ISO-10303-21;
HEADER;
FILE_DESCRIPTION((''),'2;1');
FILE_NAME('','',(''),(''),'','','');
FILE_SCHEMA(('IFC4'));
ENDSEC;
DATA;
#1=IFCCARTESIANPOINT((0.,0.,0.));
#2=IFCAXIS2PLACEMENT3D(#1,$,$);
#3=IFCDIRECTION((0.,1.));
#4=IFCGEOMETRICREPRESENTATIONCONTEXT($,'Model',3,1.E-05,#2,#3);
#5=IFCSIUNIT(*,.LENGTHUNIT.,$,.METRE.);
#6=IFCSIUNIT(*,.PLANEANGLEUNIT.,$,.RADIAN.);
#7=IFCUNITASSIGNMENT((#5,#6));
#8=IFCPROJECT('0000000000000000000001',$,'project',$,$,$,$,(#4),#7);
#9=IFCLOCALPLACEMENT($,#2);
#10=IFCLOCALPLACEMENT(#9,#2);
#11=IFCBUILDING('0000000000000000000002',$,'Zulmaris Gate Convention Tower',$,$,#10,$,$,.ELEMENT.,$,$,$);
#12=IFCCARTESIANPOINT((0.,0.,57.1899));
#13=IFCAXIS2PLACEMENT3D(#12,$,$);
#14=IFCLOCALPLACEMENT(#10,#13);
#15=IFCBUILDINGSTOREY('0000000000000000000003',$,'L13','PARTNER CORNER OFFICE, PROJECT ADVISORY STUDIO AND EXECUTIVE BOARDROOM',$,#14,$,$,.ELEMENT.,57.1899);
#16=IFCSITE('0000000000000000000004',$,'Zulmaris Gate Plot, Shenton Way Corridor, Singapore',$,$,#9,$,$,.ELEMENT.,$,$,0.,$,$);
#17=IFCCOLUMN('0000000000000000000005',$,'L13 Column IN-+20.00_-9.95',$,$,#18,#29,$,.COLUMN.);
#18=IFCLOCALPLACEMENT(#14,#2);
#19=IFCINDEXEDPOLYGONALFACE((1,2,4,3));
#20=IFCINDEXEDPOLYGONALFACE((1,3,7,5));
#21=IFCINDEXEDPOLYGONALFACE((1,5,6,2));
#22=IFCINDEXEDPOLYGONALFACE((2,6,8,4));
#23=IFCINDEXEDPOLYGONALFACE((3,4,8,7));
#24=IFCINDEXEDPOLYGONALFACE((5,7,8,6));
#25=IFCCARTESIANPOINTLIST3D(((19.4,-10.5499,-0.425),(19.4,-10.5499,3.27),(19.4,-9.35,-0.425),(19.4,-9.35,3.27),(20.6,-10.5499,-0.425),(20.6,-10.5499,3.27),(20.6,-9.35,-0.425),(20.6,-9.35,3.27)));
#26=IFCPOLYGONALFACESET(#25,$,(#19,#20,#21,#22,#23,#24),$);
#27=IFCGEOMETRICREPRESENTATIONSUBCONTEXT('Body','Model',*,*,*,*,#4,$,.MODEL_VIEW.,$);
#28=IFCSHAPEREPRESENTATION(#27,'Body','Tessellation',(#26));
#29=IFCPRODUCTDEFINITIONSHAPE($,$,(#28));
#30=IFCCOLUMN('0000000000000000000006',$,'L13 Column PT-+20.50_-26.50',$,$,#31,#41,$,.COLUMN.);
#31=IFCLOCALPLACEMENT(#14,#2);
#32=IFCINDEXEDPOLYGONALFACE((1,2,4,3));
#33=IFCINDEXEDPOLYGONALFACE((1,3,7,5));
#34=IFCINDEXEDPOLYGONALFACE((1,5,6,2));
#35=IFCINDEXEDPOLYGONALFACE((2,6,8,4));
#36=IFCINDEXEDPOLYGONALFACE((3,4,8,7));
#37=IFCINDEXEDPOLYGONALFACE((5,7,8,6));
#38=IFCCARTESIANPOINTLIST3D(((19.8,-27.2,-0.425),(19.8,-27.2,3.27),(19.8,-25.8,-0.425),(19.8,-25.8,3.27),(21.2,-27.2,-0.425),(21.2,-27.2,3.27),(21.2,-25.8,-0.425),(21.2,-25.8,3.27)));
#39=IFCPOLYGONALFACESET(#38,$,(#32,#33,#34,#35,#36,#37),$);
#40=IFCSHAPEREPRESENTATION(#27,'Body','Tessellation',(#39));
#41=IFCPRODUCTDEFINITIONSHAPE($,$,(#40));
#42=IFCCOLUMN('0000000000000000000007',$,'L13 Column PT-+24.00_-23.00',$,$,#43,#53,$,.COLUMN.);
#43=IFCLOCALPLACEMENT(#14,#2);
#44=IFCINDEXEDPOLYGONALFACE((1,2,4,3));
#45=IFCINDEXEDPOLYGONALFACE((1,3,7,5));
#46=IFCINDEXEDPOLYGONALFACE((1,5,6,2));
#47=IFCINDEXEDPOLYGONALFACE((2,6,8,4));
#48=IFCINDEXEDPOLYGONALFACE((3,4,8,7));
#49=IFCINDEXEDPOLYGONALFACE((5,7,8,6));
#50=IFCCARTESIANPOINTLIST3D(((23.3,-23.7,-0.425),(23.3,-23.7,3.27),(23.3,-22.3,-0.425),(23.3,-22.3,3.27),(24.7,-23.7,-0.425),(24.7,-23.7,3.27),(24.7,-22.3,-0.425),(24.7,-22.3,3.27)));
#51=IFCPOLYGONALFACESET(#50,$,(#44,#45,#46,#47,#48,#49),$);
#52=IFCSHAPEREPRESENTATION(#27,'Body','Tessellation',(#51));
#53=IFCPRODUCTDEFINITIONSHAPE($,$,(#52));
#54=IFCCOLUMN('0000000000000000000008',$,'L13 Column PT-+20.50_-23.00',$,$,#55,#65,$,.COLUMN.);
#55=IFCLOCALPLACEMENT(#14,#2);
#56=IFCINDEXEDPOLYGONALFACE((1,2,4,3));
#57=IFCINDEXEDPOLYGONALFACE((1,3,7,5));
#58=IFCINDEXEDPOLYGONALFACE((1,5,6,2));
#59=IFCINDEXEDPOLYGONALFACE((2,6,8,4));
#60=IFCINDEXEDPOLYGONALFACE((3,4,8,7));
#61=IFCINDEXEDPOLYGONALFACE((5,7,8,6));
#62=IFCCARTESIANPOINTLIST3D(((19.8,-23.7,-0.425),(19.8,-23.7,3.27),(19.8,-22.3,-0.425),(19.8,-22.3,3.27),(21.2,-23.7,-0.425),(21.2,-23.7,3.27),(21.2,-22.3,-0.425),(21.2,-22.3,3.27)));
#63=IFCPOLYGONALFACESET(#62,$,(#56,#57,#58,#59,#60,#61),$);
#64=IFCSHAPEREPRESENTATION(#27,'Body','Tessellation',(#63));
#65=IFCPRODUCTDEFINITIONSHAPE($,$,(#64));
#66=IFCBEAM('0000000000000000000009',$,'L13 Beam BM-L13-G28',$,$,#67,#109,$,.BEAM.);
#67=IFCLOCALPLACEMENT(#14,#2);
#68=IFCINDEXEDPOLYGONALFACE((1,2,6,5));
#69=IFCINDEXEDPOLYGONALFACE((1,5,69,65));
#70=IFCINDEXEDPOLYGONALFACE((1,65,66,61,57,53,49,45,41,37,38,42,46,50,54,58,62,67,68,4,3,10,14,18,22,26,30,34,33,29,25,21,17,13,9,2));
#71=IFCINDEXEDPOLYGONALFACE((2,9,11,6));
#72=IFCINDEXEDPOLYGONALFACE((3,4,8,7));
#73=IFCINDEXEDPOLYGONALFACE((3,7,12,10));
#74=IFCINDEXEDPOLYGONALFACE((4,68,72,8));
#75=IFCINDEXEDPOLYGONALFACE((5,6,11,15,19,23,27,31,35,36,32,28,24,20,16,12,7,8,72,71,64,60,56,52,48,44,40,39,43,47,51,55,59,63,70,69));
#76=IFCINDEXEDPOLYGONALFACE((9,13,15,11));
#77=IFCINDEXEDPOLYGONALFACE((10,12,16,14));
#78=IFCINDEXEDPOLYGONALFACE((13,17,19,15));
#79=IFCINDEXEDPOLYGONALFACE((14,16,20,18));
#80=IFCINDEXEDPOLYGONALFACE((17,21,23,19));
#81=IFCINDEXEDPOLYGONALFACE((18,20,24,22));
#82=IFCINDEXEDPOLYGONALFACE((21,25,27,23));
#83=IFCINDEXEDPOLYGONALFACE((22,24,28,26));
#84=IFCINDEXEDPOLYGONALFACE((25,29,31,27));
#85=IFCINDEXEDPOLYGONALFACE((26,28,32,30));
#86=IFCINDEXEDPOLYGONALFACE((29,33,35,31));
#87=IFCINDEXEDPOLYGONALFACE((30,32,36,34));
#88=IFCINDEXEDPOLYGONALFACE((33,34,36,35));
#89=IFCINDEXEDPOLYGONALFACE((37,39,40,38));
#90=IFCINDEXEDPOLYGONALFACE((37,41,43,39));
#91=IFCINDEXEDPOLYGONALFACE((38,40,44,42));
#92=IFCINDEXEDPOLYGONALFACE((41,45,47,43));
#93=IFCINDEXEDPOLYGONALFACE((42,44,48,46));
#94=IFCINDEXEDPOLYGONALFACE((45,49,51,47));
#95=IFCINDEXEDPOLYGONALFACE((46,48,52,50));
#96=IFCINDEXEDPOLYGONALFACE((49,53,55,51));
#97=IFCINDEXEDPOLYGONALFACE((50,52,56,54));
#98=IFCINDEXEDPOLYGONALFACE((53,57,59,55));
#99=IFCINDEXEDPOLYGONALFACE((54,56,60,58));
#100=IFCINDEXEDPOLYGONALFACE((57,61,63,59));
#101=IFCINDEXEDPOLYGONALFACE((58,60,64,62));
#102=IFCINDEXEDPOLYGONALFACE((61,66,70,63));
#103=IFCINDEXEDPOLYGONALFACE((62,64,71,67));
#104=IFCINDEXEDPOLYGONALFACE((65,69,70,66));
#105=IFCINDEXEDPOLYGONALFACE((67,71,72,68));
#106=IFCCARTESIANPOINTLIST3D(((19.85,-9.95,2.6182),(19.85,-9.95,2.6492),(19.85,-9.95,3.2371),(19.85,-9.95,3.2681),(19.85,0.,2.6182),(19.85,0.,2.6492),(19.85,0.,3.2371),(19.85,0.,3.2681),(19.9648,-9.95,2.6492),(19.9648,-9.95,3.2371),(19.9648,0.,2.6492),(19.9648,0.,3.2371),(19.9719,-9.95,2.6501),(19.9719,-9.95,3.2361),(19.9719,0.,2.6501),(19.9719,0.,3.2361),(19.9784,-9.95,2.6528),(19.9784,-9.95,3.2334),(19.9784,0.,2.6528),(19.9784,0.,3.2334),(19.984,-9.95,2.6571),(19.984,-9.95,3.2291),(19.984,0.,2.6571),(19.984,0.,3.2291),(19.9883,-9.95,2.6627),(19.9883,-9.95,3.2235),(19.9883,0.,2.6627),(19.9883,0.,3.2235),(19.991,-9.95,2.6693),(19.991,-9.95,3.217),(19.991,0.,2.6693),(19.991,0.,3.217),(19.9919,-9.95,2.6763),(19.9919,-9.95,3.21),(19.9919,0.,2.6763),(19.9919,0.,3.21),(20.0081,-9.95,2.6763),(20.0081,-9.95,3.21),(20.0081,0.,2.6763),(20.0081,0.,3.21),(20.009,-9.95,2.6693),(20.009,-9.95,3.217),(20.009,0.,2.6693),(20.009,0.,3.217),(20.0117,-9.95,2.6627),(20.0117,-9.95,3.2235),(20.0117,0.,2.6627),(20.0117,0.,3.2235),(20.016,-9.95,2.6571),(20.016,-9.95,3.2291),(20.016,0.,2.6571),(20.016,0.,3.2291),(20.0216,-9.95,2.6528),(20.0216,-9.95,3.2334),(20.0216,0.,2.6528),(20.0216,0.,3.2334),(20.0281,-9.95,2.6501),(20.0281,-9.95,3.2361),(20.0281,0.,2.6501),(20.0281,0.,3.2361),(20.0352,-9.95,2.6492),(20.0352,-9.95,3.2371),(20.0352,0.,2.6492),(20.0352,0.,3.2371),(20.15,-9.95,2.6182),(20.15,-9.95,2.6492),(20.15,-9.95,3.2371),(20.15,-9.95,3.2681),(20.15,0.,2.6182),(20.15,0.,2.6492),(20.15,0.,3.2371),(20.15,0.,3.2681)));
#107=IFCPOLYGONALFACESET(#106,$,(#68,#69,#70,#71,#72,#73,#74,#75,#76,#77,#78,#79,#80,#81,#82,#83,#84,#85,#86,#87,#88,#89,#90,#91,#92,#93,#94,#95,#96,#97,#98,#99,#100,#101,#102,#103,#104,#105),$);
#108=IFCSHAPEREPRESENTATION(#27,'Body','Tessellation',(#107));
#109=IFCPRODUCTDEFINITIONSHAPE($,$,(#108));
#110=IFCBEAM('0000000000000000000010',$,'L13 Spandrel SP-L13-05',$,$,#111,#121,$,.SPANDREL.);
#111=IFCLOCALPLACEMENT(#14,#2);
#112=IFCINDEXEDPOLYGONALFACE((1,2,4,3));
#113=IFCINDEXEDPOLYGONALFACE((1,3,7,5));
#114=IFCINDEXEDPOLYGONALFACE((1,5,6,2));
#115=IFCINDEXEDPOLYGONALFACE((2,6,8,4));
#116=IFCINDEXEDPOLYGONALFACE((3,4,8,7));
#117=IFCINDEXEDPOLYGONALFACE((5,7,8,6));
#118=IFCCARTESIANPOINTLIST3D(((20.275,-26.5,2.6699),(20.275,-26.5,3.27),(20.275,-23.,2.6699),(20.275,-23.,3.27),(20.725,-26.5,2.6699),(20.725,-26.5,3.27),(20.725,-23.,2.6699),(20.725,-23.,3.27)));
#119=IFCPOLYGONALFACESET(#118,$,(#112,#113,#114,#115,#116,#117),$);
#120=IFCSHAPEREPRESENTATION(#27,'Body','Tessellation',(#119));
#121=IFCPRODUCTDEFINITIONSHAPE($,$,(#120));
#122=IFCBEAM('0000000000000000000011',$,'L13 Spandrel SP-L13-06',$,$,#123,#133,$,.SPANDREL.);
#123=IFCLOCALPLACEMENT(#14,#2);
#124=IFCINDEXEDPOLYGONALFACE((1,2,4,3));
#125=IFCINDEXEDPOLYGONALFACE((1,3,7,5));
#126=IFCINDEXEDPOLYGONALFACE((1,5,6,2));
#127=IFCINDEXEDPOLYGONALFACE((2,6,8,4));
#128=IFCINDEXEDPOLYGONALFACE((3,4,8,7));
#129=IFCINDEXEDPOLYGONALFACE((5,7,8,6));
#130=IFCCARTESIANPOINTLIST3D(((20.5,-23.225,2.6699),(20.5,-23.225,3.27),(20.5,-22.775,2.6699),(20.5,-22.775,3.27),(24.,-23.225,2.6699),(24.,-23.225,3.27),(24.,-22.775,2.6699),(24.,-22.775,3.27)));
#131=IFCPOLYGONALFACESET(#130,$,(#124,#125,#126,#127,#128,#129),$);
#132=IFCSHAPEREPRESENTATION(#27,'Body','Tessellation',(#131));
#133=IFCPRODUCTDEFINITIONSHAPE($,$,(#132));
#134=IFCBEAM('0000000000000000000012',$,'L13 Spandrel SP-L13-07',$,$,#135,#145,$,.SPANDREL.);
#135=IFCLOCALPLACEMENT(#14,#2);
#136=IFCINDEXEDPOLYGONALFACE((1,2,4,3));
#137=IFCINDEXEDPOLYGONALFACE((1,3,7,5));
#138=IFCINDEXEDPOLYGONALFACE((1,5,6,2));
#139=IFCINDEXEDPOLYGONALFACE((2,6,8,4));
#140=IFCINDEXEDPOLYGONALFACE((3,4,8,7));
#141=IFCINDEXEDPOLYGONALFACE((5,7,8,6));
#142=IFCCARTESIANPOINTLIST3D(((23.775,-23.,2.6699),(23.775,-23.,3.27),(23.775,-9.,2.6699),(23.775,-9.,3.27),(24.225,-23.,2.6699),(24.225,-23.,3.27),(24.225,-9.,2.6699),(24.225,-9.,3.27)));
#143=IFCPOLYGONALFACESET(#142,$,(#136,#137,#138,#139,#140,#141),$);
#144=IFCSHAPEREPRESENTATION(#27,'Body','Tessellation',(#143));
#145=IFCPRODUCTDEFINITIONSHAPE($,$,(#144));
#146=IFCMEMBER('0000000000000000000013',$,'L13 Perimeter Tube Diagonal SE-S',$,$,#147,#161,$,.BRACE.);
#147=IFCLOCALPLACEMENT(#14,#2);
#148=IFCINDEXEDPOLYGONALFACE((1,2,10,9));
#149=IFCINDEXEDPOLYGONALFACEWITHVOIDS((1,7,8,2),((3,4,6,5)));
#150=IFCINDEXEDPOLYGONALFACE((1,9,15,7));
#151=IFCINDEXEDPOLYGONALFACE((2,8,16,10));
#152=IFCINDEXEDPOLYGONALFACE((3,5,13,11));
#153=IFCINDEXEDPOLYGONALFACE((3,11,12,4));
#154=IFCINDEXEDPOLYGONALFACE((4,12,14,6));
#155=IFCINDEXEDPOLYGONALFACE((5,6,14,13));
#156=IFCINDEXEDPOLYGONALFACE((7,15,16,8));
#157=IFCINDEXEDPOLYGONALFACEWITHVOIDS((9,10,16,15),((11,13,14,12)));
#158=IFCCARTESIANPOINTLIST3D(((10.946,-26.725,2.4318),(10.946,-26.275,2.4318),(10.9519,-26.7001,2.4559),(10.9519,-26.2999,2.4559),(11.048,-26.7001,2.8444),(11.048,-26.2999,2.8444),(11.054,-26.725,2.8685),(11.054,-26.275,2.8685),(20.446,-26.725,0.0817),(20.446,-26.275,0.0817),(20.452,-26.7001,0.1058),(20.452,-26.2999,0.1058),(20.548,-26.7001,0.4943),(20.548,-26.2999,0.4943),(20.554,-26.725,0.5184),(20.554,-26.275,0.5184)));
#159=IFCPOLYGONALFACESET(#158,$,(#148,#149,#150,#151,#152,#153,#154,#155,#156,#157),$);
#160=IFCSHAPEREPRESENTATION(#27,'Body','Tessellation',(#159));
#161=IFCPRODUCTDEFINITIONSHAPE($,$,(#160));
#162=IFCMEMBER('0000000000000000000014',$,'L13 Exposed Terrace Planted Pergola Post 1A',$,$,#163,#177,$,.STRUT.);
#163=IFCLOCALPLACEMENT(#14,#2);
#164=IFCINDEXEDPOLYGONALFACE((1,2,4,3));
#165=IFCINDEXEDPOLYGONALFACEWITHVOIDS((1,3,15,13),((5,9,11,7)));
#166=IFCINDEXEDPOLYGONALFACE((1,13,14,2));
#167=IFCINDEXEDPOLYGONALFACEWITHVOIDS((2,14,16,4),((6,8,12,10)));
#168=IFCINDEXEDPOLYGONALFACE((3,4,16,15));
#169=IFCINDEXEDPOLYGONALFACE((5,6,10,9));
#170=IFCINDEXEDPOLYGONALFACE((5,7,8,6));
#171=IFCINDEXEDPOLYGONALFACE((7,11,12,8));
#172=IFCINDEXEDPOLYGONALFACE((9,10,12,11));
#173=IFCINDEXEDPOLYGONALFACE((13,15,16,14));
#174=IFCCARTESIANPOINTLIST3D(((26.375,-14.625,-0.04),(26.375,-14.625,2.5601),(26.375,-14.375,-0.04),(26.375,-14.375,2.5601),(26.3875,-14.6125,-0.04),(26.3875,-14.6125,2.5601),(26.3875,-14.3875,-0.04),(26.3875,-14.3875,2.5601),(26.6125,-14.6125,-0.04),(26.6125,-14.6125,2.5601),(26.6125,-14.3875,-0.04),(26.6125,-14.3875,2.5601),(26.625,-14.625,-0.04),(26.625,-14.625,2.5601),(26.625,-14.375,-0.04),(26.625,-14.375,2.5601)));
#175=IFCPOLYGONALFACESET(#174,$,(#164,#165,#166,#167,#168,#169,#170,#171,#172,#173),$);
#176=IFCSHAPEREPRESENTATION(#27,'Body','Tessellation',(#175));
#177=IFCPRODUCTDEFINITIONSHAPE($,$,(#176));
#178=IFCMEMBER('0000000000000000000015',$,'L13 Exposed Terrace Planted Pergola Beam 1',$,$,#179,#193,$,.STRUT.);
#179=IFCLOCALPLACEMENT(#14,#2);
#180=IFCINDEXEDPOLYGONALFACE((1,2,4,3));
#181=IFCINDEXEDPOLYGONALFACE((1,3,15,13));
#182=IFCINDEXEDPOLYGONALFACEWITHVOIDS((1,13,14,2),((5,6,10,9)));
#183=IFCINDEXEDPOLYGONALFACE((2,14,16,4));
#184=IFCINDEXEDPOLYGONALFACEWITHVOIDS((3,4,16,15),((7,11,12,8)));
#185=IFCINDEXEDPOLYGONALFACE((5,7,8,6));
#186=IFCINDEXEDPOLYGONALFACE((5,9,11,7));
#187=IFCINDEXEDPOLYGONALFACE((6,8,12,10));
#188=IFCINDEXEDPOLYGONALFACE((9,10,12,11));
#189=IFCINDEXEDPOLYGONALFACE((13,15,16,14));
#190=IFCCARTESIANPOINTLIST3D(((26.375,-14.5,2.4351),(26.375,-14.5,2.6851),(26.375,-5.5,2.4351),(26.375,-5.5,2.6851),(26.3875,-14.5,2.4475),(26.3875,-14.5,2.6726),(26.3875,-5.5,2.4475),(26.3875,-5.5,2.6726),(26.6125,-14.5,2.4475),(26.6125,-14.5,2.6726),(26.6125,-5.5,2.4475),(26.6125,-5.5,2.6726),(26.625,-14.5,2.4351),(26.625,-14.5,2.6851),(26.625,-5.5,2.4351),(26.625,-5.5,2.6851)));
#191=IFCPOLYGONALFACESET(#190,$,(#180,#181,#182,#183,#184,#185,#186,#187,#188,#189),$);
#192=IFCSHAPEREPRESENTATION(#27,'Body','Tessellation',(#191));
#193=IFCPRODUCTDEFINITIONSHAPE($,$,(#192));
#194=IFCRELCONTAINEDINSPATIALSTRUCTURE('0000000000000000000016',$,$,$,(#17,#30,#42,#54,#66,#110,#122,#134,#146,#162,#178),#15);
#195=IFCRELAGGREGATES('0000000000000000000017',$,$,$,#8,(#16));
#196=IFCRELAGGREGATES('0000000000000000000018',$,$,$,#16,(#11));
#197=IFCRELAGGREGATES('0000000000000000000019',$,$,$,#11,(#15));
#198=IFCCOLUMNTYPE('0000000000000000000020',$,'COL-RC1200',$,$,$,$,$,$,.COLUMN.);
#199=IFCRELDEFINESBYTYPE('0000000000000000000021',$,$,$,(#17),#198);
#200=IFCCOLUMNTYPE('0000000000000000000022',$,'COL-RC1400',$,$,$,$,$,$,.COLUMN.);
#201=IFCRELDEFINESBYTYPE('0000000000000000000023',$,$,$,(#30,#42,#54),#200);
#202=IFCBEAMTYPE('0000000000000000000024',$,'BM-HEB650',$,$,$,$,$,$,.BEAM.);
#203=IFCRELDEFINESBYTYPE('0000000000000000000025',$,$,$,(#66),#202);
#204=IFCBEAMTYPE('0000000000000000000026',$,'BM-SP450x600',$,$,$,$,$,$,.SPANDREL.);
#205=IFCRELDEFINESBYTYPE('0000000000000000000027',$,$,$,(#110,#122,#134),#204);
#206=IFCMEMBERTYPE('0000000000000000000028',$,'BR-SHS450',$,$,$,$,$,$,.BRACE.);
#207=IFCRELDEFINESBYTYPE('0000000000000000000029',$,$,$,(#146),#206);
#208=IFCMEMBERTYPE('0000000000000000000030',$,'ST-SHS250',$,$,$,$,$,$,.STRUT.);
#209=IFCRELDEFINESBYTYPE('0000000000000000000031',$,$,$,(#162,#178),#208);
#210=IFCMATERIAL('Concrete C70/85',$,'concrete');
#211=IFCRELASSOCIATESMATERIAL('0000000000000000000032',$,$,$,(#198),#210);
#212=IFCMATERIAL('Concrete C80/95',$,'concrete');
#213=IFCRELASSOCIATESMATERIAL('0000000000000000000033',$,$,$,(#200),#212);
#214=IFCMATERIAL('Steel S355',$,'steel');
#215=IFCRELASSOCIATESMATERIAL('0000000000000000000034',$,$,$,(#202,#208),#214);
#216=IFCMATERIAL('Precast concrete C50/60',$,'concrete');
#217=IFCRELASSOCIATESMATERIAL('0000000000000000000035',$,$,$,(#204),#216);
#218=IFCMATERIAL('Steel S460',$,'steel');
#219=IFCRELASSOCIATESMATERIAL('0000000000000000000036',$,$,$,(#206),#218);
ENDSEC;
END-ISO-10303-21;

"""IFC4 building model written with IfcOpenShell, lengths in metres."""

from ifc_helpers import new_model, si_unit, direction, frame, origin, origin_2d, place, context, subcontext, project, spatial, rectangle, hollow_rectangle, i_section, extrude, material, material_profile, profile_set, type_object, element, save


model = new_model("IFC4")

# Units and contexts
model_context = context("Model", 3, precision=1e-05, world=origin(), true_north=direction((0.0, 1.0)))
body_context = subcontext(model_context, "Body", "Model", "MODEL_VIEW")
ifc_project = project(units=[si_unit("LENGTHUNIT", "METRE"), si_unit("PLANEANGLEUNIT", "RADIAN")], contexts=[model_context])

# Site, building, storey
site_placement = place(None, origin())
site = spatial("IfcSite", under=ifc_project, at=site_placement, Name="Zulmaris Gate Plot, Shenton Way Corridor, Singapore", CompositionType="ELEMENT", RefElevation=0.0)
building_placement = place(site_placement, origin())
building = spatial("IfcBuilding", under=site, at=building_placement, Name="Zulmaris Gate Convention Tower", CompositionType="ELEMENT")
storey_placement = place(building_placement, frame((0.0, 0.0, 57.1899)))
storey = spatial("IfcBuildingStorey", under=building, at=storey_placement, Name="L13", Description="PARTNER CORNER OFFICE, PROJECT ADVISORY STUDIO AND EXECUTIVE BOARDROOM", CompositionType="ELEMENT", Elevation=57.1899)

# Columns
ifc_material_1 = material(Name="Concrete C70/85", Category="concrete")
ifc_material_profile_1 = material_profile(ifc_material_1, rectangle(XDim=1.2, YDim=1.2, at=origin_2d()), Name="RC COL 1200x1200")
ifc_profile_set_1 = profile_set([ifc_material_profile_1], Name="Concrete C70/85")
column_type_1 = type_object("IfcColumnType", Name="COL-RC1200", PredefinedType="COLUMN", material=ifc_profile_set_1)
column_placement = place(storey_placement, frame((20.0, -9.95, -0.425), z_axis=(0.0, 0.0, 1.0), x_axis=(1.0, 0.0, 0.0)))
element("IfcColumn", 1, at=column_placement, inside=storey, type_object=column_type_1, Name="L13 Column IN-+20.00_-9.95", PredefinedType="COLUMN", context=body_context, shape_type="SweptSolid", body=[
    extrude(rectangle(XDim=1.2, YDim=1.2, at=origin_2d()), origin(), (0.0, 0.0, 1.0), 3.6951),
])
ifc_material_2 = material(Name="Concrete C80/95", Category="concrete")
ifc_material_profile_2 = material_profile(ifc_material_2, rectangle(XDim=1.3999, YDim=1.3999, at=origin_2d()), Name="RC COL 1400x1400")
ifc_profile_set_2 = profile_set([ifc_material_profile_2], Name="Concrete C80/95")
column_type_2 = type_object("IfcColumnType", Name="COL-RC1400", PredefinedType="COLUMN", material=ifc_profile_set_2)
for number, where, z_axis, x_axis, name in (
    (2, (20.5, -26.5, -0.425), (0.0, 0.0, 1.0), (1.0, 0.0, 0.0), "L13 Column PT-+20.50_-26.50"),
    (3, (24.0, -23.0, -0.425), (0.0, 0.0, 1.0), (1.0, 0.0, 0.0), "L13 Column PT-+24.00_-23.00"),
    (4, (20.5, -23.0, -0.425), (0.0, 0.0, 1.0), (1.0, 0.0, 0.0), "L13 Column PT-+20.50_-23.00"),
):
    element("IfcColumn", number, at=place(storey_placement, frame(where, z_axis=z_axis, x_axis=x_axis)), inside=storey, type_object=column_type_2, Name=name, PredefinedType="COLUMN", context=body_context, shape_type="SweptSolid", body=[
        extrude(rectangle(XDim=1.3999, YDim=1.3999, at=origin_2d()), origin(), (0.0, 0.0, 1.0), 3.6951),
    ])

# Beams
ifc_material_3 = material(Name="Steel S355", Category="steel")
ifc_material_profile_3 = material_profile(ifc_material_3, i_section(OverallWidth=0.3, OverallDepth=0.6499, WebThickness=0.0161, FlangeThickness=0.031, FilletRadius=0.0271, at=origin_2d()), Name="HEB 650")
ifc_profile_set_3 = profile_set([ifc_material_profile_3], Name="Steel S355")
beam_type_1 = type_object("IfcBeamType", Name="BM-HEB650", PredefinedType="BEAM", material=ifc_profile_set_3)
beam_1_placement = place(storey_placement, frame((20.0, -9.95, 2.9431), z_axis=(0.0, 1.0, 0.0), x_axis=(-1.0, 0.0, 0.0)))
element("IfcBeam", 5, at=beam_1_placement, inside=storey, type_object=beam_type_1, Name="L13 Beam BM-L13-G28", PredefinedType="BEAM", context=body_context, shape_type="SweptSolid", body=[
    extrude(i_section(OverallWidth=0.3, OverallDepth=0.6499, WebThickness=0.0161, FlangeThickness=0.031, FilletRadius=0.0271, at=origin_2d()), origin(), (0.0, 0.0, 1.0), 9.95),
])
ifc_material_4 = material(Name="Precast concrete C50/60", Category="concrete")
ifc_material_profile_4 = material_profile(ifc_material_4, rectangle(XDim=0.45, YDim=0.6001, at=origin_2d()), Name="RC SPANDREL 450x600")
ifc_profile_set_4 = profile_set([ifc_material_profile_4], Name="Precast concrete C50/60")
beam_type_2 = type_object("IfcBeamType", Name="BM-SP450x600", PredefinedType="SPANDREL", material=ifc_profile_set_4)
for number, where, z_axis, x_axis, name in (
    (6, (20.5, -26.5, 2.97), (0.0, 1.0, 0.0), (-1.0, 0.0, 0.0), "L13 Spandrel SP-L13-05"),
    (7, (20.5, -23.0, 2.97), (1.0, 0.0, 0.0), (0.0, 1.0, 0.0), "L13 Spandrel SP-L13-06"),
):
    element("IfcBeam", number, at=place(storey_placement, frame(where, z_axis=z_axis, x_axis=x_axis)), inside=storey, type_object=beam_type_2, Name=name, PredefinedType="SPANDREL", context=body_context, shape_type="SweptSolid", body=[
        extrude(rectangle(XDim=0.45, YDim=0.6001, at=origin_2d()), origin(), (0.0, 0.0, 1.0), 3.5),
    ])
beam_2_placement = place(storey_placement, frame((24.0, -23.0, 2.97), z_axis=(0.0, 1.0, 0.0), x_axis=(-1.0, 0.0, 0.0)))
element("IfcBeam", 8, at=beam_2_placement, inside=storey, type_object=beam_type_2, Name="L13 Spandrel SP-L13-07", PredefinedType="SPANDREL", context=body_context, shape_type="SweptSolid", body=[
    extrude(rectangle(XDim=0.45, YDim=0.6001, at=origin_2d()), origin(), (0.0, 0.0, 1.0), 14.0),
])

# Members
ifc_material_5 = material(Name="Steel S460", Category="steel")
ifc_material_profile_5 = material_profile(ifc_material_5, hollow_rectangle(XDim=0.45, YDim=0.45, WallThickness=0.0249, at=origin_2d()), Name="SHS 450x450x25")
ifc_profile_set_5 = profile_set([ifc_material_profile_5], Name="Steel S460")
member_type_1 = type_object("IfcMemberType", Name="BR-SHS450", PredefinedType="BRACE", material=ifc_profile_set_5)
member_1_placement = place(storey_placement, frame((20.5, -26.5, 0.3), z_axis=(-0.970738, 0.0, 0.24014), x_axis=(0.0, -1.0, 0.0)))
element("IfcMember", 9, at=member_1_placement, inside=storey, type_object=member_type_1, Name="L13 Perimeter Tube Diagonal SE-S", PredefinedType="BRACE", context=body_context, shape_type="SweptSolid", body=[
    extrude(hollow_rectangle(XDim=0.45, YDim=0.45, WallThickness=0.0249, at=origin_2d()), origin(), (0.0, 0.0, 1.0), 9.7864),
])
ifc_material_profile_6 = material_profile(ifc_material_3, hollow_rectangle(XDim=0.25, YDim=0.25, WallThickness=0.0125, at=origin_2d()), Name="SHS 250x250x12.5")
ifc_profile_set_6 = profile_set([ifc_material_profile_6], Name="Steel S355")
member_type_2 = type_object("IfcMemberType", Name="ST-SHS250", PredefinedType="STRUT", material=ifc_profile_set_6)
member_2_placement = place(storey_placement, frame((26.5, -14.5, -0.04), z_axis=(0.0, 0.0, 1.0), x_axis=(1.0, 0.0, 0.0)))
element("IfcMember", 10, at=member_2_placement, inside=storey, type_object=member_type_2, Name="L13 Exposed Terrace Planted Pergola Post 1A", PredefinedType="STRUT", context=body_context, shape_type="SweptSolid", body=[
    extrude(hollow_rectangle(XDim=0.25, YDim=0.25, WallThickness=0.0125, at=origin_2d()), origin(), (0.0, 0.0, 1.0), 2.6001),
])
member_3_placement = place(storey_placement, frame((26.5, -14.5, 2.5601), z_axis=(0.0, 1.0, 0.0), x_axis=(-1.0, 0.0, 0.0)))
element("IfcMember", 11, at=member_3_placement, inside=storey, type_object=member_type_2, Name="L13 Exposed Terrace Planted Pergola Beam 1", PredefinedType="STRUT", context=body_context, shape_type="SweptSolid", body=[
    extrude(hollow_rectangle(XDim=0.25, YDim=0.25, WallThickness=0.0125, at=origin_2d()), origin(), (0.0, 0.0, 1.0), 9.0),
])

save(model, "model.ifc")
